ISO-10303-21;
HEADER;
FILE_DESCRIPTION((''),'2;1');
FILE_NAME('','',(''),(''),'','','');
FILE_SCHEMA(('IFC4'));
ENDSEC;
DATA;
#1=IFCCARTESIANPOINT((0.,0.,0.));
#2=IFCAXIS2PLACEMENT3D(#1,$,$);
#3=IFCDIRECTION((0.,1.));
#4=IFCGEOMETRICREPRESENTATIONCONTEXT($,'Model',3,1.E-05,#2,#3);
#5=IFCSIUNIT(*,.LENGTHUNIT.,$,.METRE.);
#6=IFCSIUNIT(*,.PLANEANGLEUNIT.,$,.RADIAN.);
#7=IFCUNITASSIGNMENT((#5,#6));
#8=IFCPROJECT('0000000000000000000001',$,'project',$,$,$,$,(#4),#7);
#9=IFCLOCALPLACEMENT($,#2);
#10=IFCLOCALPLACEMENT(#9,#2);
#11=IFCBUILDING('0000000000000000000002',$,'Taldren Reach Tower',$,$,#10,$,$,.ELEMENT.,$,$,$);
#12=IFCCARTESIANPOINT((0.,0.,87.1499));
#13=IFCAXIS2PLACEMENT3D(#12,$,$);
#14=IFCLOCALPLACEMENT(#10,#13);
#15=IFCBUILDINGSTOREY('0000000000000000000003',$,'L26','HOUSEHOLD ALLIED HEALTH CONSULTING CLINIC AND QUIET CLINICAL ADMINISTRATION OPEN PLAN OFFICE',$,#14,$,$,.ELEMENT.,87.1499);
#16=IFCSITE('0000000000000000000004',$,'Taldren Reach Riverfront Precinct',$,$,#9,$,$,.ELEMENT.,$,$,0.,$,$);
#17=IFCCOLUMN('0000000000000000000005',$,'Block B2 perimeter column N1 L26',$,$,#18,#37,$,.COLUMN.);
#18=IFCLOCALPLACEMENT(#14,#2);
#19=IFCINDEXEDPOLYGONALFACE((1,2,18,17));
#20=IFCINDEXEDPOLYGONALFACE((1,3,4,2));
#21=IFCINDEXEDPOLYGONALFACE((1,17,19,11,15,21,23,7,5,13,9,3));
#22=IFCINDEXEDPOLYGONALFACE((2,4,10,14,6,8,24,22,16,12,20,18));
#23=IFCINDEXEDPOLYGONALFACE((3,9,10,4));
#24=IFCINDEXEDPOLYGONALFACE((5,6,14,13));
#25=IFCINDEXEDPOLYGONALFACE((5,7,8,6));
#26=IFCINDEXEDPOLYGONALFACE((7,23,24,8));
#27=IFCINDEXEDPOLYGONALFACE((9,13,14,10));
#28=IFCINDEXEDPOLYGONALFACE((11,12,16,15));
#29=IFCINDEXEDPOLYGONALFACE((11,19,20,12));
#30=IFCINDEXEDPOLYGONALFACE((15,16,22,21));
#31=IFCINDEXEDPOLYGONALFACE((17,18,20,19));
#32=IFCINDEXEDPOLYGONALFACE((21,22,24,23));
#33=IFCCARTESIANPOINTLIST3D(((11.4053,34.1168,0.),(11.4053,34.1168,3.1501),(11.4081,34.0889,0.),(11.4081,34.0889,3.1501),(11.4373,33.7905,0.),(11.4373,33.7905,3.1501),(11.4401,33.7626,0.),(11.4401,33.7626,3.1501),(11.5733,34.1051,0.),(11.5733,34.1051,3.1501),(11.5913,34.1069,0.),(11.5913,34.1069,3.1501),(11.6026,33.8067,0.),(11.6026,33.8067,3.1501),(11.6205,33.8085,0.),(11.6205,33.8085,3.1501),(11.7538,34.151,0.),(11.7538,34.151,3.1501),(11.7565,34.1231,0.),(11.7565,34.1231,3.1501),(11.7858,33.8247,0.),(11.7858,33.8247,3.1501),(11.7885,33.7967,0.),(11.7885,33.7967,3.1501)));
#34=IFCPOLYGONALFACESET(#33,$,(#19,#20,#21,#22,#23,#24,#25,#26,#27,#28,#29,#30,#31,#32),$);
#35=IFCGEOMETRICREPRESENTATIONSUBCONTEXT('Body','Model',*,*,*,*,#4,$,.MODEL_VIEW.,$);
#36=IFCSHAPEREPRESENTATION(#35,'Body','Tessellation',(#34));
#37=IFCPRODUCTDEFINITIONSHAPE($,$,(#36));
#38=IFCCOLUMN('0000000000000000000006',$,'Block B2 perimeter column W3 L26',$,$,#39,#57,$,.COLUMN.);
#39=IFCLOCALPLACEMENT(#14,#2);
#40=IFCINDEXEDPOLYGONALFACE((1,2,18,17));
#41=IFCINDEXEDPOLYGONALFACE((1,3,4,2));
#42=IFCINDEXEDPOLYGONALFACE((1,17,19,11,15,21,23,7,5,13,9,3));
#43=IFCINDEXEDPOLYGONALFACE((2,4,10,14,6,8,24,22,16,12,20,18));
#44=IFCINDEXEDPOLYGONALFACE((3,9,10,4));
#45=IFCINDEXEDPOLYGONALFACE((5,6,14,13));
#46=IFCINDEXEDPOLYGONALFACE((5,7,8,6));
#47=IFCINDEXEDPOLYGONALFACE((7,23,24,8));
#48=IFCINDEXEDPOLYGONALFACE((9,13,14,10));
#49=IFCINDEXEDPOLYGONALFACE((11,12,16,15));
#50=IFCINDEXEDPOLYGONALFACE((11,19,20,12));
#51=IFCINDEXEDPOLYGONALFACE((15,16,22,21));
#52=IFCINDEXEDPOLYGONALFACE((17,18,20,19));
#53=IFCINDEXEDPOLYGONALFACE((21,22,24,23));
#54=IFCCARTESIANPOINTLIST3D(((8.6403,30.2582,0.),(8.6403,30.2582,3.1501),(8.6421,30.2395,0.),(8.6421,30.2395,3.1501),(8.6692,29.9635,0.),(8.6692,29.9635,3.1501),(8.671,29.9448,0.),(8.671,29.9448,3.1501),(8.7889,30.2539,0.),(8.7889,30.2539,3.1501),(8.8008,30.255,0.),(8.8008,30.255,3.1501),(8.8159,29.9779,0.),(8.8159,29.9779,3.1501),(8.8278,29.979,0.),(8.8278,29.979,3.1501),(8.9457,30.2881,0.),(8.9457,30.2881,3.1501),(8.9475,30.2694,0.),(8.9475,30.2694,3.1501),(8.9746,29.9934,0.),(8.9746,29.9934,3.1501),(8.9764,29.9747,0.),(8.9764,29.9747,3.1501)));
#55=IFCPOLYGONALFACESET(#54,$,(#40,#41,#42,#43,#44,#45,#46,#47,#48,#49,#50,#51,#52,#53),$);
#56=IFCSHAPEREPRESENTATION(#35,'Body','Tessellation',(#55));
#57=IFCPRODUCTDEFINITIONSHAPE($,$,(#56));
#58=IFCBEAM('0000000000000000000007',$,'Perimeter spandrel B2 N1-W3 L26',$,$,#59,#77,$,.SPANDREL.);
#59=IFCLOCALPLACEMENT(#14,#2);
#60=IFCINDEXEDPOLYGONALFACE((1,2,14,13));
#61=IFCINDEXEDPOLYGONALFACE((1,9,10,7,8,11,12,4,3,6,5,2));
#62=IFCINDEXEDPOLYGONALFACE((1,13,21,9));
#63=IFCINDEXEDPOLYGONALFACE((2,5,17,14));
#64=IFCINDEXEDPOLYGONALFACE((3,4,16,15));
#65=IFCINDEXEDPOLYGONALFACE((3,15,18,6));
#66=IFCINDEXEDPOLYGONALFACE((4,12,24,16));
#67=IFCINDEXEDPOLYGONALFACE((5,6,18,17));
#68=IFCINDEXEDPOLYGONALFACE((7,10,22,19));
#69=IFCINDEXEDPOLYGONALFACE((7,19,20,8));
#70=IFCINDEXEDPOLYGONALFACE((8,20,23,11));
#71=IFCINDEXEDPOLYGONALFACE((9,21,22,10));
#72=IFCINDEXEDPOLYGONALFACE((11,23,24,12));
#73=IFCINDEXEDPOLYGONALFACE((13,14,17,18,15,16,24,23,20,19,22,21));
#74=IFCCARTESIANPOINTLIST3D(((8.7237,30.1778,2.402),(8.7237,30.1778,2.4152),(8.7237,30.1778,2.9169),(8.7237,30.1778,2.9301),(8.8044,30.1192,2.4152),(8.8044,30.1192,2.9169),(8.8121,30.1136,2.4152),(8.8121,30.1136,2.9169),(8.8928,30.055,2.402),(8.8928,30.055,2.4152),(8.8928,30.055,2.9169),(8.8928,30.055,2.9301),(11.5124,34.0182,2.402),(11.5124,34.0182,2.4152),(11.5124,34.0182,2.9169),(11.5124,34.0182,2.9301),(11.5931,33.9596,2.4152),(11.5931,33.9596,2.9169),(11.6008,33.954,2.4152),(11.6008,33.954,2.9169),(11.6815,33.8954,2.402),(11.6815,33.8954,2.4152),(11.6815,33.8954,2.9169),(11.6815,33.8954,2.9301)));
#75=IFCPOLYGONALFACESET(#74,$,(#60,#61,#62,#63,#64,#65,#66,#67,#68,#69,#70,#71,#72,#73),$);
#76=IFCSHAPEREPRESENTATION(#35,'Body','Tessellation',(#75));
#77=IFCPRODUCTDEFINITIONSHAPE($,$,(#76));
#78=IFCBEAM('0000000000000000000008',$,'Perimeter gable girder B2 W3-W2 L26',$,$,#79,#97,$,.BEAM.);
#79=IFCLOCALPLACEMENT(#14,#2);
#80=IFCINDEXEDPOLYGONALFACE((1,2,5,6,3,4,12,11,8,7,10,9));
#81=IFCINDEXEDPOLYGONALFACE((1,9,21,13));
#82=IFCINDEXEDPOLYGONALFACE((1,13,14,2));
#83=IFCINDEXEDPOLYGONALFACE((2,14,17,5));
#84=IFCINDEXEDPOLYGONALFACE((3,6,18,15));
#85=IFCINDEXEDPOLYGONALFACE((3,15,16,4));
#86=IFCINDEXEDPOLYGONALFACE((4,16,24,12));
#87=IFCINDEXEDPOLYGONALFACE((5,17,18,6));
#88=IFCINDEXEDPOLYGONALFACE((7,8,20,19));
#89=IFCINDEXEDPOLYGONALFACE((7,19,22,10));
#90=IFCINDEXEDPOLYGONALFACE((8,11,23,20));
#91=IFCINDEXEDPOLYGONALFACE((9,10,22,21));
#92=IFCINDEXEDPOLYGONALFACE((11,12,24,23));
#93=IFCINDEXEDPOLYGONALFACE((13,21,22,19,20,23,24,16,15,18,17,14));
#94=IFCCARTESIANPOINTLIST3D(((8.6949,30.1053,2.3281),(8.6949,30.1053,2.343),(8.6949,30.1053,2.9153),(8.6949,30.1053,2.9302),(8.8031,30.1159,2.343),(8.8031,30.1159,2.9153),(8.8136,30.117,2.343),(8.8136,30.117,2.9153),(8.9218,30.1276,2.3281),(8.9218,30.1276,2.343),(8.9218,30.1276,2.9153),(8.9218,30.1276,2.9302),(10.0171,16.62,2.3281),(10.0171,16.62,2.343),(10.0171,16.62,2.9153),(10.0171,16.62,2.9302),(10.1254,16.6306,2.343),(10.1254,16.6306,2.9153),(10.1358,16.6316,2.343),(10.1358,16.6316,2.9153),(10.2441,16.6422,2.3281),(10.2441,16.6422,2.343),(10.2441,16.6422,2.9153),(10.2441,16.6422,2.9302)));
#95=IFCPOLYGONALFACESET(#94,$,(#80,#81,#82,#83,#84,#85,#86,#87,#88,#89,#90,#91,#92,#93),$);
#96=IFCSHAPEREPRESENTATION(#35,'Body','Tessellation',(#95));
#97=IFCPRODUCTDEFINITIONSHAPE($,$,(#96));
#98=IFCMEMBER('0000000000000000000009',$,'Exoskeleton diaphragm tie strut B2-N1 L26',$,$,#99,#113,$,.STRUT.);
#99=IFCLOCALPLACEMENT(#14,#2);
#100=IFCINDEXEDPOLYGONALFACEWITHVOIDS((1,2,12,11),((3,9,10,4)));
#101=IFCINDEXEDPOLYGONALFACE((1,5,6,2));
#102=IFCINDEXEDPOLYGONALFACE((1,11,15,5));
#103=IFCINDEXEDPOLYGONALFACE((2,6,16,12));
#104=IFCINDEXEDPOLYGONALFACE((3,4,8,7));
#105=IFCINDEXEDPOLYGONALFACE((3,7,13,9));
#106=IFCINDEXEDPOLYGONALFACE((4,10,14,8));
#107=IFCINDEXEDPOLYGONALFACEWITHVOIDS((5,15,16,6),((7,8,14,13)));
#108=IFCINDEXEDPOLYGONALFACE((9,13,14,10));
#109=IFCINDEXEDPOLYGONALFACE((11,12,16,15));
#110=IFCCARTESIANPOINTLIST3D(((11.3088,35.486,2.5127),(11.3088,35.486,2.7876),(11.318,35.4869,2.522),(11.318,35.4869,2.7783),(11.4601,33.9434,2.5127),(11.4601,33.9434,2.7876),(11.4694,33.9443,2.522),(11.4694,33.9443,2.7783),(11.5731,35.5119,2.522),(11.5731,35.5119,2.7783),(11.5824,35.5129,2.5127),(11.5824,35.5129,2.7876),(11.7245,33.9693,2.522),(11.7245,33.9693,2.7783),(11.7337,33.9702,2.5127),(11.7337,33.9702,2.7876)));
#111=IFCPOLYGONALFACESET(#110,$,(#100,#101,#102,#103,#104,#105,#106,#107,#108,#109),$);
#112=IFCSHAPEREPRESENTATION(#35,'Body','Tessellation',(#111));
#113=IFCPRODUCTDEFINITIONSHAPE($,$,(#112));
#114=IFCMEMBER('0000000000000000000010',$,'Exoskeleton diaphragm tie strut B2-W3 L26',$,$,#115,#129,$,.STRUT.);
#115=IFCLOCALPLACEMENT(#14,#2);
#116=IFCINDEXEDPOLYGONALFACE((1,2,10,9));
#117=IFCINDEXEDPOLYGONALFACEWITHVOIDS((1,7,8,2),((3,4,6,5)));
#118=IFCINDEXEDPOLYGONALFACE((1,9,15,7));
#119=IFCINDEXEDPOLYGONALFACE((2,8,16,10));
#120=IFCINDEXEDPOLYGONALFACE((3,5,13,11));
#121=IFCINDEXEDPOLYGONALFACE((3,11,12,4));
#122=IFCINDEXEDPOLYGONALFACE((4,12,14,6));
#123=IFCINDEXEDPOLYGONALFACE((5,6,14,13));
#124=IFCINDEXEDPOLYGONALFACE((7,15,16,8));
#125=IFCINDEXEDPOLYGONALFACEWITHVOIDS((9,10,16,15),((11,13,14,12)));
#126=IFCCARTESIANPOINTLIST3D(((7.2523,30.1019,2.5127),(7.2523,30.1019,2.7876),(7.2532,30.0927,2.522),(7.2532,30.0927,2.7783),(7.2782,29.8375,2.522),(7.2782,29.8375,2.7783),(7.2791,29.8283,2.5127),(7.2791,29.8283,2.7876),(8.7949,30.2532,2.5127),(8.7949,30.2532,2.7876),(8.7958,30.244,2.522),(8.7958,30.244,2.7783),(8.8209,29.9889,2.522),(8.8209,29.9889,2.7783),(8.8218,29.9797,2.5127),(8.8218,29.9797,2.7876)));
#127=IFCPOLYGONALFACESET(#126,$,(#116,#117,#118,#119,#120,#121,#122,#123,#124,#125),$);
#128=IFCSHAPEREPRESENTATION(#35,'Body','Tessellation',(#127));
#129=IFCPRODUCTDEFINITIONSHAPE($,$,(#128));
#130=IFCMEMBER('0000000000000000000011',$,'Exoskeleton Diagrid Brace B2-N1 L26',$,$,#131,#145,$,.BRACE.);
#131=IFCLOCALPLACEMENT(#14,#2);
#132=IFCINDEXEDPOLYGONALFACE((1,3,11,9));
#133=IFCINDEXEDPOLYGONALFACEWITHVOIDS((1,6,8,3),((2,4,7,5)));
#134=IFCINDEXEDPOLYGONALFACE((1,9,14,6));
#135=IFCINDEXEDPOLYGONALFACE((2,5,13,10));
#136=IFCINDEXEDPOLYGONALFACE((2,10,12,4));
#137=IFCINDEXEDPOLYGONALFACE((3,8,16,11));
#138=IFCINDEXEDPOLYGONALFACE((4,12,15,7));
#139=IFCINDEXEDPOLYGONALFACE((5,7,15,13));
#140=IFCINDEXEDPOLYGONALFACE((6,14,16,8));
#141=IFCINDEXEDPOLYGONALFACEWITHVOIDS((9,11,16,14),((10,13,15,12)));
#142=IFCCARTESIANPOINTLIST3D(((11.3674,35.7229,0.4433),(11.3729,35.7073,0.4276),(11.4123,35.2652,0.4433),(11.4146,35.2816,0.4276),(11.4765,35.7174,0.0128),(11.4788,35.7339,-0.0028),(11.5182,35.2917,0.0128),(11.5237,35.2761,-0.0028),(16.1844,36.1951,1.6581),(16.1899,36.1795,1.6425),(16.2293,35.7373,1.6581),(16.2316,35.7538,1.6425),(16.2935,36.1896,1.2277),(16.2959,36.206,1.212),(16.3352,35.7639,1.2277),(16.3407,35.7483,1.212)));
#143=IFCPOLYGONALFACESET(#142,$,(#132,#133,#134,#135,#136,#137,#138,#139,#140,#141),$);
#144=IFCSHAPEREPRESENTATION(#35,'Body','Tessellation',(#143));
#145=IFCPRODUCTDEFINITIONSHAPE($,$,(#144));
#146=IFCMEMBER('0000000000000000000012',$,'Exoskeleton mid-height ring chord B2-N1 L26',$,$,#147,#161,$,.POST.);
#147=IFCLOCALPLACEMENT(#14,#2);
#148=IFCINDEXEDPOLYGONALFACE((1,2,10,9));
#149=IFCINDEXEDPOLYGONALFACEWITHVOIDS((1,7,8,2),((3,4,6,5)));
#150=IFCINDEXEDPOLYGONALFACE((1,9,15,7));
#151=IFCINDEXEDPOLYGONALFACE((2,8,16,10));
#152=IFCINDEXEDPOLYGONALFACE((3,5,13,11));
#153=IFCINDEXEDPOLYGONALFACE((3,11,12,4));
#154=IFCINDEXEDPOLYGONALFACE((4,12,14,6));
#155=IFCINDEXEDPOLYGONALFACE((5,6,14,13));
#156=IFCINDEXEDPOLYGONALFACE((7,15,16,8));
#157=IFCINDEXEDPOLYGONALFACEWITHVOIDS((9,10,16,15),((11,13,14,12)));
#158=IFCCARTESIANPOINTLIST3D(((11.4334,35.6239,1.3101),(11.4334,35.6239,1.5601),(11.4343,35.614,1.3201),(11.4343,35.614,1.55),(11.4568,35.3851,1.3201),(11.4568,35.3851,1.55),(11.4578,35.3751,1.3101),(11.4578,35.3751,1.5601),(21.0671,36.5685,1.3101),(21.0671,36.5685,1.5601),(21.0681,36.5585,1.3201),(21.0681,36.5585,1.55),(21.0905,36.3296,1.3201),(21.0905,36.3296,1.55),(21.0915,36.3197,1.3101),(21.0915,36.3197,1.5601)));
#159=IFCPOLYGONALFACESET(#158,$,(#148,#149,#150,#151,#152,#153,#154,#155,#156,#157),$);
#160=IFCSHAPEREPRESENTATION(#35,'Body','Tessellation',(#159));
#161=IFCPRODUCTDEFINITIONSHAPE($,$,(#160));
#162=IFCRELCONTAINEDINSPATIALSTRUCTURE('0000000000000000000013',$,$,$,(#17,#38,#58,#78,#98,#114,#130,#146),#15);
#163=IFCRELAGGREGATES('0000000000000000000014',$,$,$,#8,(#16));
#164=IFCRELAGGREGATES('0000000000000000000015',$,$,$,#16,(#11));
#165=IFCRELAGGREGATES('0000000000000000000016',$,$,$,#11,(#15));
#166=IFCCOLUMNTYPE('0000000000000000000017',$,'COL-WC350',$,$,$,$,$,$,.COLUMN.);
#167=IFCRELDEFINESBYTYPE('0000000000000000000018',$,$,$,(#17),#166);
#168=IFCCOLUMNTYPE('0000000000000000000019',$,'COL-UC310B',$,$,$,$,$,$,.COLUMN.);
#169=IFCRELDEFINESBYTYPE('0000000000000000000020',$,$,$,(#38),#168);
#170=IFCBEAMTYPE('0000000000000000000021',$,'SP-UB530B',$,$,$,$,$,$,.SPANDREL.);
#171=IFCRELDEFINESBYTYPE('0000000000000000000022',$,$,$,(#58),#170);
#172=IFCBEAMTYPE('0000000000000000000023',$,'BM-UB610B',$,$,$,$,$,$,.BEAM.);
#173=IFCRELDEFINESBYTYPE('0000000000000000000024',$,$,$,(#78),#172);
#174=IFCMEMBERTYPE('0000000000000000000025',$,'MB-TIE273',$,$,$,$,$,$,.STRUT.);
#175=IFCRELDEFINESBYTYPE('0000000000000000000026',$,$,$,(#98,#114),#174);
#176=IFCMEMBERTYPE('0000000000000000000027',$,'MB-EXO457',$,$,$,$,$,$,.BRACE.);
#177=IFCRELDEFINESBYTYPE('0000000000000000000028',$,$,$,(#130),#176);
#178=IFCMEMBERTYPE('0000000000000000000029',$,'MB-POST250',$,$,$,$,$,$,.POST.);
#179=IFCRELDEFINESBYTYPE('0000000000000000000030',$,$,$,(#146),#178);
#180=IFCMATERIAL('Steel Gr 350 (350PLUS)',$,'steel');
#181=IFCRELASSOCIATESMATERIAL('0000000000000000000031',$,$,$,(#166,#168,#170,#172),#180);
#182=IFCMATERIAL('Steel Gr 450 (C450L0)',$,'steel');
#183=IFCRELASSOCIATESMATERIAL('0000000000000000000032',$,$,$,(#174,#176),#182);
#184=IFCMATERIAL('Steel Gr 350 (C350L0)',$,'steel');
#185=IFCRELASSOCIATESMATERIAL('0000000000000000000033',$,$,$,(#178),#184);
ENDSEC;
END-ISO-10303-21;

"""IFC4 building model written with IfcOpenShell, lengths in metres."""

from ifc_helpers import new_model, si_unit, direction, frame, origin, origin_2d, place, context, subcontext, project, spatial, hollow_rectangle, i_section, extrude, source, transform, mapped, material, material_profile, profile_set, type_object, element, save


model = new_model("IFC4")

# Units and contexts
model_context = context("Model", 3, precision=1e-05, world=origin(), true_north=direction((0.0, 1.0)))
body_context = subcontext(model_context, "Body", "Model", "MODEL_VIEW")
ifc_project = project(units=[si_unit("LENGTHUNIT", "METRE"), si_unit("PLANEANGLEUNIT", "RADIAN")], contexts=[model_context])

# Site, building, storey
site_placement = place(None, origin())
site = spatial("IfcSite", under=ifc_project, at=site_placement, Name="Taldren Reach Riverfront Precinct", CompositionType="ELEMENT", RefElevation=0.0)
building_placement = place(site_placement, origin())
building = spatial("IfcBuilding", under=site, at=building_placement, Name="Taldren Reach Tower", CompositionType="ELEMENT")
storey_placement = place(building_placement, frame((0.0, 0.0, 87.1499)))
storey = spatial("IfcBuildingStorey", under=building, at=storey_placement, Name="L26", Description="HOUSEHOLD ALLIED HEALTH CONSULTING CLINIC AND QUIET CLINICAL ADMINISTRATION OPEN PLAN OFFICE", CompositionType="ELEMENT", Elevation=87.1499)

# Columns
ifc_material_1 = material(Name="Steel Gr 350 (350PLUS)", Category="steel")
ifc_material_profile_1 = material_profile(ifc_material_1, i_section(OverallWidth=0.3501, OverallDepth=0.356, WebThickness=0.0181, FlangeThickness=0.0281, at=origin_2d()), Name="350WC197")
ifc_profile_set_1 = profile_set([ifc_material_profile_1], Name="Steel Gr 350 (350PLUS)")
column_type_1 = type_object("IfcColumnType", Name="COL-WC350", PredefinedType="COLUMN", material=ifc_profile_set_1)
shared_shape_1 = source(origin(), body_context, "Body", "SweptSolid", [
    extrude(i_section(OverallWidth=0.3501, OverallDepth=0.356, WebThickness=0.0181, FlangeThickness=0.0281, at=origin_2d()), origin(), (0.0, 0.0, 1.0), 3.1501),
])
column_1_placement = place(storey_placement, frame((11.5969, 33.9568, 0.0), z_axis=(0.0, 0.0, 1.0), x_axis=(0.995227, 0.097583, 0.0)))
element("IfcColumn", 1, at=column_1_placement, inside=storey, type_object=column_type_1, Name="Block B2 perimeter column N1 L26", PredefinedType="COLUMN", context=body_context, shape_type="MappedRepresentation", body=[
    mapped(shared_shape_1, transform((0.0, 0.0, 0.0), scale=1.0)),
])
ifc_material_profile_2 = material_profile(ifc_material_1, i_section(OverallWidth=0.3069, OverallDepth=0.3149, WebThickness=0.012, FlangeThickness=0.0188, at=origin_2d()), Name="310UC118")
ifc_profile_set_2 = profile_set([ifc_material_profile_2], Name="Steel Gr 350 (350PLUS)")
column_type_2 = type_object("IfcColumnType", Name="COL-UC310B", PredefinedType="COLUMN", material=ifc_profile_set_2)
shared_shape_2 = source(origin(), body_context, "Body", "SweptSolid", [
    extrude(i_section(OverallWidth=0.3069, OverallDepth=0.3149, WebThickness=0.012, FlangeThickness=0.0188, at=origin_2d()), origin(), (0.0, 0.0, 1.0), 3.1501),
])
column_2_placement = place(storey_placement, frame((8.8083, 30.1165, 0.0), z_axis=(0.0, 0.0, 1.0), x_axis=(0.995227, 0.097583, 0.0)))
element("IfcColumn", 2, at=column_2_placement, inside=storey, type_object=column_type_2, Name="Block B2 perimeter column W3 L26", PredefinedType="COLUMN", context=body_context, shape_type="MappedRepresentation", body=[
    mapped(shared_shape_2, transform((0.0, 0.0, 0.0), scale=1.0)),
])

# Beams
ifc_material_profile_3 = material_profile(ifc_material_1, i_section(OverallWidth=0.209, OverallDepth=0.5281, WebThickness=0.0095, FlangeThickness=0.0132, at=origin_2d()), Name="530UB82.0")
ifc_profile_set_3 = profile_set([ifc_material_profile_3], Name="Steel Gr 350 (350PLUS)")
beam_type_1 = type_object("IfcBeamType", Name="SP-UB530B", PredefinedType="SPANDREL", material=ifc_profile_set_3)
shared_shape_3 = source(origin(), body_context, "Body", "SweptSolid", [
    extrude(i_section(OverallWidth=0.209, OverallDepth=0.5281, WebThickness=0.0095, FlangeThickness=0.0132, at=origin_2d()), origin(), (0.0, 0.0, 1.0), 4.7461),
])
beam_1_placement = place(storey_placement, frame((11.5969, 33.9568, 2.666), z_axis=(-0.587566, -0.809176, 0.0), x_axis=(0.809176, -0.587566, 0.0)))
element("IfcBeam", 3, at=beam_1_placement, inside=storey, type_object=beam_type_1, Name="Perimeter spandrel B2 N1-W3 L26", PredefinedType="SPANDREL", context=body_context, shape_type="MappedRepresentation", body=[
    mapped(shared_shape_3, transform((0.0, 0.0, 0.0), scale=1.0)),
])
ifc_material_profile_4 = material_profile(ifc_material_1, i_section(OverallWidth=0.228, OverallDepth=0.6021, WebThickness=0.0105, FlangeThickness=0.0149, at=origin_2d()), Name="610UB101")
ifc_profile_set_4 = profile_set([ifc_material_profile_4], Name="Steel Gr 350 (350PLUS)")
beam_type_2 = type_object("IfcBeamType", Name="BM-UB610B", PredefinedType="BEAM", material=ifc_profile_set_4)
shared_shape_4 = source(origin(), body_context, "Body", "SweptSolid", [
    extrude(i_section(OverallWidth=0.228, OverallDepth=0.6021, WebThickness=0.0105, FlangeThickness=0.0149, at=origin_2d()), origin(), (0.0, 0.0, 1.0), 13.55),
])
beam_2_placement = place(storey_placement, frame((8.8083, 30.1165, 2.6292), z_axis=(0.097584, -0.995227, 0.0), x_axis=(0.995227, 0.097584, 0.0)))
element("IfcBeam", 4, at=beam_2_placement, inside=storey, type_object=beam_type_2, Name="Perimeter gable girder B2 W3-W2 L26", PredefinedType="BEAM", context=body_context, shape_type="MappedRepresentation", body=[
    mapped(shared_shape_4, transform((0.0, 0.0, 0.0), scale=1.0)),
])

# Members
ifc_material_2 = material(Name="Steel Gr 450 (C450L0)", Category="steel")
ifc_material_profile_5 = material_profile(ifc_material_2, hollow_rectangle(XDim=0.2749, YDim=0.2749, WallThickness=0.0093, at=origin_2d()), Name="275x275x9.3SHS")
ifc_profile_set_5 = profile_set([ifc_material_profile_5], Name="Steel Gr 450 (C450L0)")
member_type_1 = type_object("IfcMemberType", Name="MB-TIE273", PredefinedType="STRUT", material=ifc_profile_set_5)
shared_shape_5 = source(origin(), body_context, "Body", "SweptSolid", [
    extrude(hollow_rectangle(XDim=0.2749, YDim=0.2749, WallThickness=0.0093, at=origin_2d()), origin(), (0.0, 0.0, 1.0), 1.55),
])
for number, where, z_axis, x_axis, name in (
    (5, (11.5969, 33.9568, 2.6501), (-0.097648, 0.995221, 0.0), (-0.995221, -0.097648, 0.0), "Exoskeleton diaphragm tie strut B2-N1 L26"),
    (6, (8.8083, 30.1165, 2.6501), (-0.995221, -0.097648, 0.0), (0.097648, -0.995221, 0.0), "Exoskeleton diaphragm tie strut B2-W3 L26"),
):
    element("IfcMember", number, at=place(storey_placement, frame(where, z_axis=z_axis, x_axis=x_axis)), inside=storey, type_object=member_type_1, Name=name, PredefinedType="STRUT", context=body_context, shape_type="MappedRepresentation", body=[
        mapped(shared_shape_5, transform((0.0, 0.0, 0.0), scale=1.0)),
    ])
ifc_material_profile_6 = material_profile(ifc_material_2, hollow_rectangle(XDim=0.46, YDim=0.46, WallThickness=0.0161, at=origin_2d()), Name="460x460x16.0SHS")
ifc_profile_set_6 = profile_set([ifc_material_profile_6], Name="Steel Gr 450 (C450L0)")
member_type_2 = type_object("IfcMemberType", Name="MB-EXO457", PredefinedType="BRACE", material=ifc_profile_set_6)
shared_shape_6 = source(origin(), body_context, "Body", "SweptSolid", [
    extrude(hollow_rectangle(XDim=0.46, YDim=0.46, WallThickness=0.0161, at=origin_2d()), origin(), (0.0, 0.0, 1.0), 4.9902),
])
member_1_placement = place(storey_placement, frame((11.4456, 35.4995, 0.2202), z_axis=(0.965287, 0.094621, 0.24345), x_axis=(-0.097556, 0.99523, 0.0)))
element("IfcMember", 7, at=member_1_placement, inside=storey, type_object=member_type_2, Name="Exoskeleton Diagrid Brace B2-N1 L26", PredefinedType="BRACE", context=body_context, shape_type="MappedRepresentation", body=[
    mapped(shared_shape_6, transform((0.0, 0.0, 0.0), scale=1.0)),
])
ifc_material_3 = material(Name="Steel Gr 350 (C350L0)", Category="steel")
ifc_material_profile_7 = material_profile(ifc_material_3, hollow_rectangle(XDim=0.25, YDim=0.25, WallThickness=0.01, at=origin_2d()), Name="250x250x10.0SHS")
ifc_profile_set_7 = profile_set([ifc_material_profile_7], Name="Steel Gr 350 (C350L0)")
member_type_3 = type_object("IfcMemberType", Name="MB-POST250", PredefinedType="POST", material=ifc_profile_set_7)
shared_shape_7 = source(origin(), body_context, "Body", "SweptSolid", [
    extrude(hollow_rectangle(XDim=0.25, YDim=0.25, WallThickness=0.01, at=origin_2d()), origin(), (0.0, 0.0, 1.0), 9.6799),
])
member_2_placement = place(storey_placement, frame((11.4456, 35.4995, 1.4351), z_axis=(0.995228, 0.097581, 0.0), x_axis=(-0.097581, 0.995228, 0.0)))
element("IfcMember", 8, at=member_2_placement, inside=storey, type_object=member_type_3, Name="Exoskeleton mid-height ring chord B2-N1 L26", PredefinedType="POST", context=body_context, shape_type="MappedRepresentation", body=[
    mapped(shared_shape_7, transform((0.0, 0.0, 0.0), scale=1.0)),
])

save(model, "model.ifc")
